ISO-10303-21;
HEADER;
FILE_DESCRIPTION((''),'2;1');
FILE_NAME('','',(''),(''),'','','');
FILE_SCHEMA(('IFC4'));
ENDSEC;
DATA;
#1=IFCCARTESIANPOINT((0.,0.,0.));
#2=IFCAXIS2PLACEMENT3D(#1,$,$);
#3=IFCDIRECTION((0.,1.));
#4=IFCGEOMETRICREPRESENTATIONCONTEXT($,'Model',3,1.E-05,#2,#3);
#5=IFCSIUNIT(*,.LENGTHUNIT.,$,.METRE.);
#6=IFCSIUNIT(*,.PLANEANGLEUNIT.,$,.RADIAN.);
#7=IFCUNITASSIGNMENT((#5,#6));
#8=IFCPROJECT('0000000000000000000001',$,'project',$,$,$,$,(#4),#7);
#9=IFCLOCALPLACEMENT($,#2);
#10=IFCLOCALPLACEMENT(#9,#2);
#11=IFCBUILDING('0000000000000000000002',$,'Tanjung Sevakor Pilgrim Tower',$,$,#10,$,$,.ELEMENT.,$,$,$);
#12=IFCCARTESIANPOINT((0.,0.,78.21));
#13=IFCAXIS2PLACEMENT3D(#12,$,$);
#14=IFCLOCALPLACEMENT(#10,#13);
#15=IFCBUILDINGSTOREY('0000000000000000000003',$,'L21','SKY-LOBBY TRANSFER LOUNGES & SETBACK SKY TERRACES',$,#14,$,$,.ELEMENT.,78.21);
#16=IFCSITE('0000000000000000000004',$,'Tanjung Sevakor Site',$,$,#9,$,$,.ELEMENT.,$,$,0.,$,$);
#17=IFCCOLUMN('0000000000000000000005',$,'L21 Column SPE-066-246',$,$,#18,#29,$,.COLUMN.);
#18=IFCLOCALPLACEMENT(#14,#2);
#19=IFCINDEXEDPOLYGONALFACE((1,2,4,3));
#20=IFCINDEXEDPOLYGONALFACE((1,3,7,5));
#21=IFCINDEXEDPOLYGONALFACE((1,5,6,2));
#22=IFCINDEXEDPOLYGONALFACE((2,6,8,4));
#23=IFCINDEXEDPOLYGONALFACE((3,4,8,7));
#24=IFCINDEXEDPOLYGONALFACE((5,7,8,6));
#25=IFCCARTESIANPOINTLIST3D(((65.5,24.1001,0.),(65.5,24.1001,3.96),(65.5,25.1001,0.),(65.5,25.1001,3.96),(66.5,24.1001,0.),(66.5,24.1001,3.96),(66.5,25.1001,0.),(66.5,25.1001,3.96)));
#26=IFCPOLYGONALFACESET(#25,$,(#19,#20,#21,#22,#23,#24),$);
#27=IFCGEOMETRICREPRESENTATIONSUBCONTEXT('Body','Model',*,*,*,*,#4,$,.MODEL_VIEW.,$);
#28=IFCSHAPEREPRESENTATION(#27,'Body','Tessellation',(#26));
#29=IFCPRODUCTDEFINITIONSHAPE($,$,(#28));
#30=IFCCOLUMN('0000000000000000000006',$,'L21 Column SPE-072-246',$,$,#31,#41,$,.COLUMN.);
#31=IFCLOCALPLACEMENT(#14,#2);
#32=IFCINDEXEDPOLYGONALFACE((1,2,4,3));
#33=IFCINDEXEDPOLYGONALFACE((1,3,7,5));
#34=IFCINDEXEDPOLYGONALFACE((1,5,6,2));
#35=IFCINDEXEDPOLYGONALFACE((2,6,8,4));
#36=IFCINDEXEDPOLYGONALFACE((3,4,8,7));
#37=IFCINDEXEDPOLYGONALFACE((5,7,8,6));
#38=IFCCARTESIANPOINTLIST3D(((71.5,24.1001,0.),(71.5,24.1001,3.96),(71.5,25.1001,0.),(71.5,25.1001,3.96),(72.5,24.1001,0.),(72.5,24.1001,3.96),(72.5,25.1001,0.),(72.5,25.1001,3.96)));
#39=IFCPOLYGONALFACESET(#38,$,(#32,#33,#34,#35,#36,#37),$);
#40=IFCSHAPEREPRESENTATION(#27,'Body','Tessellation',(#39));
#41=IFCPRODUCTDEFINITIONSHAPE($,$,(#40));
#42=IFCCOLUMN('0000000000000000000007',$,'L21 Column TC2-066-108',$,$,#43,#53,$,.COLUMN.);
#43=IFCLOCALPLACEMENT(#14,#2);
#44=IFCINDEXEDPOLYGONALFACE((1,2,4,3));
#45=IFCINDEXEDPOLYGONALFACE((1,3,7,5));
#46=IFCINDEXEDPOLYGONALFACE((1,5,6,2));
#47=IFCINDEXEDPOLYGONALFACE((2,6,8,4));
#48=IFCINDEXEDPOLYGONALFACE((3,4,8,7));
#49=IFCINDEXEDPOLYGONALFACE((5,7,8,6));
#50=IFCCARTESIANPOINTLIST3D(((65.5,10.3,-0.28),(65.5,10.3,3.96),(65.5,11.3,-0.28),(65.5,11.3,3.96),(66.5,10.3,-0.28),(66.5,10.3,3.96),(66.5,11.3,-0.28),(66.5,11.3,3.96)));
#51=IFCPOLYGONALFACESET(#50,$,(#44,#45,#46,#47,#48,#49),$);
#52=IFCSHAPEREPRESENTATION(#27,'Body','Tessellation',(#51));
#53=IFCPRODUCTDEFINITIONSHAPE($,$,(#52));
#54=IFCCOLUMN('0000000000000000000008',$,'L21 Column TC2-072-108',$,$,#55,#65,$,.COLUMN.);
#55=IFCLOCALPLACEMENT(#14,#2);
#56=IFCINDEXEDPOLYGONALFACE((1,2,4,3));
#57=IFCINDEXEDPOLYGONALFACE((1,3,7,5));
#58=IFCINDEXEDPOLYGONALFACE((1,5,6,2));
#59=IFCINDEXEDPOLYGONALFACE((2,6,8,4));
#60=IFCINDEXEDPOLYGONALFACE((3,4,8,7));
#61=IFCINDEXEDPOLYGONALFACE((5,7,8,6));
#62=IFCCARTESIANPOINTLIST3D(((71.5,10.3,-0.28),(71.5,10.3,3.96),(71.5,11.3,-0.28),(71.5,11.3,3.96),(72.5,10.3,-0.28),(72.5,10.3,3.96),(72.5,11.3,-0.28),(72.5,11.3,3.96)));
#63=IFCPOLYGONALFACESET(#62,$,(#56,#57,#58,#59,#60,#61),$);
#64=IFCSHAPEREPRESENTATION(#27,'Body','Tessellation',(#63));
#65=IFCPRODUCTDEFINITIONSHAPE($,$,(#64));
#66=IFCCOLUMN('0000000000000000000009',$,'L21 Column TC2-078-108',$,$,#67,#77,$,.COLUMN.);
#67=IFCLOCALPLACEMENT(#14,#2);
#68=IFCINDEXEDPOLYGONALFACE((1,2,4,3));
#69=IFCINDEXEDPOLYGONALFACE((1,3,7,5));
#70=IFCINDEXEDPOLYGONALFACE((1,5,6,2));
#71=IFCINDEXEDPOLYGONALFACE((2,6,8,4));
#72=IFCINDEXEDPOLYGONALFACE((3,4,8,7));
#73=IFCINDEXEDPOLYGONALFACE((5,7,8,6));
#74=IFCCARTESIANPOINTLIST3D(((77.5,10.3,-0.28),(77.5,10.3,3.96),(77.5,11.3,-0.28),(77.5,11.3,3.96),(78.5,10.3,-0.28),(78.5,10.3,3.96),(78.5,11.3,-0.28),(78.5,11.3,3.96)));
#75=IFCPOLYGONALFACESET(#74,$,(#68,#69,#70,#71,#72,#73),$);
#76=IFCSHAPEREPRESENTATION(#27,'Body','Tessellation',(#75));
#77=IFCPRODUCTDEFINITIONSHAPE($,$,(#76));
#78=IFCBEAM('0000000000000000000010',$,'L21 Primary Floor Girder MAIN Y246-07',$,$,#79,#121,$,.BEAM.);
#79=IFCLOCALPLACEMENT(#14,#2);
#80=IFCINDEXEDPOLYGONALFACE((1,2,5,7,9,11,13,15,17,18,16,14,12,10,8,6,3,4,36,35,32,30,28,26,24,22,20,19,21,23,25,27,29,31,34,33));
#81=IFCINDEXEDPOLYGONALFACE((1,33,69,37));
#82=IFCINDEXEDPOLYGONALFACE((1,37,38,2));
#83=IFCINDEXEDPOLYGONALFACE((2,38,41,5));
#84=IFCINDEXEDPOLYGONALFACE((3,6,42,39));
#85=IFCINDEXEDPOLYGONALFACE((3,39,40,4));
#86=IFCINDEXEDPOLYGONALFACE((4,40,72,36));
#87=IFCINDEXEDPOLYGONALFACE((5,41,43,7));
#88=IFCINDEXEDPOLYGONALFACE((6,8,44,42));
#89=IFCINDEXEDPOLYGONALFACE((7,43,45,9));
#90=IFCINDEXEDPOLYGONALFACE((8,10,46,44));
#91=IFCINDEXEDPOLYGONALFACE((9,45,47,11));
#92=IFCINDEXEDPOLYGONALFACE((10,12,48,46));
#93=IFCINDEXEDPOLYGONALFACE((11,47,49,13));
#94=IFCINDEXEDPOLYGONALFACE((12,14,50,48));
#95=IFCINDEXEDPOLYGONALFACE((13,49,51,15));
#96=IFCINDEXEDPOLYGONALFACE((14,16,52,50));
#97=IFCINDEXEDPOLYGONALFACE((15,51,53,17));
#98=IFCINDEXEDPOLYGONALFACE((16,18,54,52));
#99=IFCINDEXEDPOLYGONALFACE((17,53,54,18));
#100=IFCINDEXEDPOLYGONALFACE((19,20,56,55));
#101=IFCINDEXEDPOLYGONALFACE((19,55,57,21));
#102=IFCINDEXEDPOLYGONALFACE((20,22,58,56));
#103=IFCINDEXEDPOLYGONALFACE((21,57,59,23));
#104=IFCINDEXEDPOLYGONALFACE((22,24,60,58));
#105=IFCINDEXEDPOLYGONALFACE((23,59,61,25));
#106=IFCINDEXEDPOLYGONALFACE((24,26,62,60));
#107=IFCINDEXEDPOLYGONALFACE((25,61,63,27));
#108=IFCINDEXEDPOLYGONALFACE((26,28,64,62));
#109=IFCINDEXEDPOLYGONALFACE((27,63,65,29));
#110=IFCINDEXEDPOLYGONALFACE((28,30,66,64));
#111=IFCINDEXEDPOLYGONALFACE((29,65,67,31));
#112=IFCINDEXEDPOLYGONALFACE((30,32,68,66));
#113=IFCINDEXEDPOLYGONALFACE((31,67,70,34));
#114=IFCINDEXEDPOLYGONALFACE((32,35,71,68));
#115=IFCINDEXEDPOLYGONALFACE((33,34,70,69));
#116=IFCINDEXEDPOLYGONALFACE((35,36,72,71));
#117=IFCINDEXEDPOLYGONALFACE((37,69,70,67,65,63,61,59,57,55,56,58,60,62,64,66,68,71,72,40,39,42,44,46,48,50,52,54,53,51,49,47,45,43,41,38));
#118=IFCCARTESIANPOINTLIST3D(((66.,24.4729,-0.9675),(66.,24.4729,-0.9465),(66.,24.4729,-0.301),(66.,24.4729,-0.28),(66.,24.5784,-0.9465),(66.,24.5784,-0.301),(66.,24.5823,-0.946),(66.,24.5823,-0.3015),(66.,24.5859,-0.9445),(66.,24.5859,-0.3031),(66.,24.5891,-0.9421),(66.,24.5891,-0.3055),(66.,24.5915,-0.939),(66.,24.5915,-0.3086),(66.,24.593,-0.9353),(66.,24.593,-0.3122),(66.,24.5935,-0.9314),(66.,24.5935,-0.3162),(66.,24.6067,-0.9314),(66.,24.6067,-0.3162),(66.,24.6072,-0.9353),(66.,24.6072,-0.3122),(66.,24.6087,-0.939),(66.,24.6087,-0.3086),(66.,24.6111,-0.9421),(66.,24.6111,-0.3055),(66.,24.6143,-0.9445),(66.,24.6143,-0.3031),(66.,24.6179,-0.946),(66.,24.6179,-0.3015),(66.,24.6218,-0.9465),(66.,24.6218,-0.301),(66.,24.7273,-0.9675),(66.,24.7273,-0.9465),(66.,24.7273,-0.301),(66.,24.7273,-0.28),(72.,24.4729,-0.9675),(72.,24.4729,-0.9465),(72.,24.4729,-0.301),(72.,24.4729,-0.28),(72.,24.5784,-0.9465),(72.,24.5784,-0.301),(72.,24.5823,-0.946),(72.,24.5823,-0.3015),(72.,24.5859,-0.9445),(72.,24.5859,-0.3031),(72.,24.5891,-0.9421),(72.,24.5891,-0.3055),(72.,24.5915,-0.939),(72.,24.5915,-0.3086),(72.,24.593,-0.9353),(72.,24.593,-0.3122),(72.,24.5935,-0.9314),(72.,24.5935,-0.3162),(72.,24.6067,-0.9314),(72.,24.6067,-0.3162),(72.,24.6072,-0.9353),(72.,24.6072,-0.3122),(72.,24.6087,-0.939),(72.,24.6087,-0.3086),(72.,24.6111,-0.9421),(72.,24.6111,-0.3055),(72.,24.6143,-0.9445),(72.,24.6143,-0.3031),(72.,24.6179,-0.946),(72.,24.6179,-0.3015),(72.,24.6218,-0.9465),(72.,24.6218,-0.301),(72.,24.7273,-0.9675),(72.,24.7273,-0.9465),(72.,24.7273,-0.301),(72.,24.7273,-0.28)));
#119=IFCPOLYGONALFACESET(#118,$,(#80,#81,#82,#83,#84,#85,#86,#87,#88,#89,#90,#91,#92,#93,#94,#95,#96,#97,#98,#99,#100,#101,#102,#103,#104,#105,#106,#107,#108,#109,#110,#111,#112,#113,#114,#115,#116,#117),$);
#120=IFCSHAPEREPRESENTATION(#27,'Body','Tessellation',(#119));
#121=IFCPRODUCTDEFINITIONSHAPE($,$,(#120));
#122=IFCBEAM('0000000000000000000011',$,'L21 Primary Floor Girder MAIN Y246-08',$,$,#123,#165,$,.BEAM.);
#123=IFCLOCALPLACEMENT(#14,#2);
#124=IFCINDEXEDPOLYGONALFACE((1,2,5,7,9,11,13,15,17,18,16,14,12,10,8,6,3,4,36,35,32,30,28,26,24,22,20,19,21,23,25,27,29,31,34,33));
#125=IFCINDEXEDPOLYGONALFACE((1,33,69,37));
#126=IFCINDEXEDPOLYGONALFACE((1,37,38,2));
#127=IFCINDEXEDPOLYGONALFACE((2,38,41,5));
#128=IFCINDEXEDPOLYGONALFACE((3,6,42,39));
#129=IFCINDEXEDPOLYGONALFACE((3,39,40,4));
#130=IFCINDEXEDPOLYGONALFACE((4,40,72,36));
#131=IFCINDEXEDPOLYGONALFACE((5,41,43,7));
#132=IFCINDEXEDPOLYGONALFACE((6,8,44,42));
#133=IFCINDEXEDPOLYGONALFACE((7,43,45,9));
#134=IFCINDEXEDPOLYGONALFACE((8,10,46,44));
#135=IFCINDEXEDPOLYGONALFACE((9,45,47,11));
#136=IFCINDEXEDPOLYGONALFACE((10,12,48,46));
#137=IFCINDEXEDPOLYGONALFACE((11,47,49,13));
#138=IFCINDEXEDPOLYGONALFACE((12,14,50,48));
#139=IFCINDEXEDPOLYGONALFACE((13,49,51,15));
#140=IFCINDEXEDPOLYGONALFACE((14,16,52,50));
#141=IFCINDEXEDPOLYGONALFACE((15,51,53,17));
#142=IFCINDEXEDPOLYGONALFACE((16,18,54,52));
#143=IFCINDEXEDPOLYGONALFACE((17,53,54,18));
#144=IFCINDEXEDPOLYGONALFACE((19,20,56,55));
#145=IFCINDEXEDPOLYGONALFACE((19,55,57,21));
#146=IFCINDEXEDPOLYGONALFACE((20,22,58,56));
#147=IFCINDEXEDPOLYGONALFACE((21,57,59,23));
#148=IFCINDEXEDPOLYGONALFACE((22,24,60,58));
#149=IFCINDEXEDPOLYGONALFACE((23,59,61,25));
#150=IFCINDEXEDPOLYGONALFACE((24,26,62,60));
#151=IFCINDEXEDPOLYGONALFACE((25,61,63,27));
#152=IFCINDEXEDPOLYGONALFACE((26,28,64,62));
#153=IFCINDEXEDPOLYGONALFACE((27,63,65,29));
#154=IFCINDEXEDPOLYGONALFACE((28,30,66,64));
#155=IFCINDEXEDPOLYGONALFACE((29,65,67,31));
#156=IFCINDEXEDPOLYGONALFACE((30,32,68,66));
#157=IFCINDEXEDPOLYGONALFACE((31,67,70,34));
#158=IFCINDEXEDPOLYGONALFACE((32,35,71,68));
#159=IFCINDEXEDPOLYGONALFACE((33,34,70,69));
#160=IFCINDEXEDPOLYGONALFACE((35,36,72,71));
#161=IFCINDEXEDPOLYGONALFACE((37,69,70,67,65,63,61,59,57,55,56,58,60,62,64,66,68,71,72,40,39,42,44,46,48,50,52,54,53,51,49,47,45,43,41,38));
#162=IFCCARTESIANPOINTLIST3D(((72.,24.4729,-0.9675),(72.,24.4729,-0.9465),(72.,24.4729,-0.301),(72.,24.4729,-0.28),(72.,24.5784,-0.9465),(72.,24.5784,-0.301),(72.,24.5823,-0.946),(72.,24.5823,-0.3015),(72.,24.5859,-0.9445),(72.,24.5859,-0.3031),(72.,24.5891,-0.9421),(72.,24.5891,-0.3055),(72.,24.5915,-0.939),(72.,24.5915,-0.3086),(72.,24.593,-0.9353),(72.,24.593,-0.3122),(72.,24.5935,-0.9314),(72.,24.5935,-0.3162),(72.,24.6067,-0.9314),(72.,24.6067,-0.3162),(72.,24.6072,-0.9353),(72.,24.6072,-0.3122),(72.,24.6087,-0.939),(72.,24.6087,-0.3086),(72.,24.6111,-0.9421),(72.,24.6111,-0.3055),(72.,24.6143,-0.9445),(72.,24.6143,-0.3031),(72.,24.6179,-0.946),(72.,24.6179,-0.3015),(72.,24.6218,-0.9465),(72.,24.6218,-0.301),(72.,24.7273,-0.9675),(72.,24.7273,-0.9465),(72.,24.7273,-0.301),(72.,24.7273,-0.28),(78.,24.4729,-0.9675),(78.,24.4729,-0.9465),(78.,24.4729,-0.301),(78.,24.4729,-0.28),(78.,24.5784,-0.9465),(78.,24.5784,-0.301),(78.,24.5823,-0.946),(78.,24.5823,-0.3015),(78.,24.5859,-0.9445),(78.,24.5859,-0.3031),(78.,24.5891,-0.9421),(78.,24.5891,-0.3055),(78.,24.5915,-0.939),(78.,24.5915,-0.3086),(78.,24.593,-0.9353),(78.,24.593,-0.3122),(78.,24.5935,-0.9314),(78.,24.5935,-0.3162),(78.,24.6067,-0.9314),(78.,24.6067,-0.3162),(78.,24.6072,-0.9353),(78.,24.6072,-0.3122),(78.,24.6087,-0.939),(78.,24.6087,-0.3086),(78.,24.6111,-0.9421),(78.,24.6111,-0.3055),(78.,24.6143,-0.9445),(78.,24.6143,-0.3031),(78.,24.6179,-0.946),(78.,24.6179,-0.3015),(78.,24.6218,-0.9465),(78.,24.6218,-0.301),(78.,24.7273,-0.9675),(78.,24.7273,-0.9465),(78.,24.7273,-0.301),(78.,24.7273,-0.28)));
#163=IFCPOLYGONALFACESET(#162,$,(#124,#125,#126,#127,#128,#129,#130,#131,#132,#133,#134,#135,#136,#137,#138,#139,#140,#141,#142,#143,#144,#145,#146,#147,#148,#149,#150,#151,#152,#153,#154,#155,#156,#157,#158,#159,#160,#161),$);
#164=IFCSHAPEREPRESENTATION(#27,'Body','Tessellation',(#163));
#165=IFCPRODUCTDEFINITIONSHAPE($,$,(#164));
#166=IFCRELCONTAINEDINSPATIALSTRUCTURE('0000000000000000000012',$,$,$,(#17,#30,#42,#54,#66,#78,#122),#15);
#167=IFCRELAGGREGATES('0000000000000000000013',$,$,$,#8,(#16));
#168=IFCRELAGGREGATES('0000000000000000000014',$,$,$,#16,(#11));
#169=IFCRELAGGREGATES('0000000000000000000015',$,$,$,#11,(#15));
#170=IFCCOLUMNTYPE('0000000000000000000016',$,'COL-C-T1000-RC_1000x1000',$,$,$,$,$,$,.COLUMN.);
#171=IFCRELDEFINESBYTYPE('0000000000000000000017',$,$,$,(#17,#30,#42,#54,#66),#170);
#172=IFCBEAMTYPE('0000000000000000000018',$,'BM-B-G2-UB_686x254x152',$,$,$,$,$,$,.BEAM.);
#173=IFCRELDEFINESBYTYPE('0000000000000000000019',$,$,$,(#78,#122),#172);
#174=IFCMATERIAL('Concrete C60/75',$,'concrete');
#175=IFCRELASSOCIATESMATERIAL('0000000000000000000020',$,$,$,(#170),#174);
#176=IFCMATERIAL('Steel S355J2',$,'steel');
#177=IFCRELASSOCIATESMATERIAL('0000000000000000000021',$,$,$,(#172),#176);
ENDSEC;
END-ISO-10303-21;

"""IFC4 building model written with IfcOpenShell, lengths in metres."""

from ifc_helpers import new_model, si_unit, direction, frame, origin, origin_2d, place, context, subcontext, project, spatial, rectangle, i_section, extrude, material, material_profile, profile_set, type_object, element, save


model = new_model("IFC4")

# Units and contexts
model_context = context("Model", 3, precision=1e-05, world=origin(), true_north=direction((0.0, 1.0)))
body_context = subcontext(model_context, "Body", "Model", "MODEL_VIEW")
ifc_project = project(units=[si_unit("LENGTHUNIT", "METRE"), si_unit("PLANEANGLEUNIT", "RADIAN")], contexts=[model_context])

# Site, building, storey
site_placement = place(None, origin())
site = spatial("IfcSite", under=ifc_project, at=site_placement, Name="Tanjung Sevakor Site", CompositionType="ELEMENT", RefElevation=0.0)
building_placement = place(site_placement, origin())
building = spatial("IfcBuilding", under=site, at=building_placement, Name="Tanjung Sevakor Pilgrim Tower", CompositionType="ELEMENT")
storey_placement = place(building_placement, frame((0.0, 0.0, 78.21)))
storey = spatial("IfcBuildingStorey", under=building, at=storey_placement, Name="L21", Description="SKY-LOBBY TRANSFER LOUNGES & SETBACK SKY TERRACES", CompositionType="ELEMENT", Elevation=78.21)

# Columns
ifc_material_1 = material(Name="Concrete C60/75", Category="concrete")
ifc_material_profile_1 = material_profile(ifc_material_1, rectangle(XDim=1.0, YDim=1.0, at=origin_2d()))
ifc_profile_set_1 = profile_set([ifc_material_profile_1], Name="Concrete C60/75")
column_type = type_object("IfcColumnType", Name="COL-C-T1000-RC_1000x1000", PredefinedType="COLUMN", material=ifc_profile_set_1)
for number, where, z_axis, x_axis, name in (
    (1, (66.0, 24.6001, 0.0), (0.0, 0.0, 1.0), (1.0, 0.0, 0.0), "L21 Column SPE-066-246"),
    (2, (72.0, 24.6001, 0.0), (0.0, 0.0, 1.0), (1.0, 0.0, 0.0), "L21 Column SPE-072-246"),
):
    element("IfcColumn", number, at=place(storey_placement, frame(where, z_axis=z_axis, x_axis=x_axis)), inside=storey, type_object=column_type, Name=name, PredefinedType="COLUMN", context=body_context, shape_type="SweptSolid", body=[
        extrude(rectangle(XDim=1.0, YDim=1.0, at=origin_2d()), origin(), (0.0, 0.0, 1.0), 3.96),
    ])
for number, where, z_axis, x_axis, name in (
    (3, (66.0, 10.8, -0.28), (0.0, 0.0, 1.0), (1.0, 0.0, 0.0), "L21 Column TC2-066-108"),
    (4, (72.0, 10.8, -0.28), (0.0, 0.0, 1.0), (1.0, 0.0, 0.0), "L21 Column TC2-072-108"),
    (5, (78.0, 10.8, -0.28), (0.0, 0.0, 1.0), (1.0, 0.0, 0.0), "L21 Column TC2-078-108"),
):
    element("IfcColumn", number, at=place(storey_placement, frame(where, z_axis=z_axis, x_axis=x_axis)), inside=storey, type_object=column_type, Name=name, PredefinedType="COLUMN", context=body_context, shape_type="SweptSolid", body=[
        extrude(rectangle(XDim=1.0, YDim=1.0, at=origin_2d()), origin(), (0.0, 0.0, 1.0), 4.24),
    ])

# Beams
ifc_material_2 = material(Name="Steel S355J2", Category="steel")
ifc_material_profile_2 = material_profile(ifc_material_2, i_section(OverallWidth=0.2544, OverallDepth=0.6875, WebThickness=0.0132, FlangeThickness=0.021, FilletRadius=0.0151, at=origin_2d()))
ifc_profile_set_2 = profile_set([ifc_material_profile_2], Name="Steel S355J2")
beam_type_1 = type_object("IfcBeamType", Name="BM-B-G2-UB_686x254x152", PredefinedType="BEAM", material=ifc_profile_set_2)
for number, where, z_axis, x_axis, name in (
    (6, (66.0, 24.6001, -0.6238), (1.0, 0.0, 0.0), (0.0, 1.0, 0.0), "L21 Primary Floor Girder MAIN Y246-07"),
    (7, (72.0, 24.6001, -0.6238), (1.0, 0.0, 0.0), (0.0, 1.0, 0.0), "L21 Primary Floor Girder MAIN Y246-08"),
):
    element("IfcBeam", number, at=place(storey_placement, frame(where, z_axis=z_axis, x_axis=x_axis)), inside=storey, type_object=beam_type_1, Name=name, PredefinedType="BEAM", context=body_context, shape_type="SweptSolid", body=[
        extrude(i_section(OverallWidth=0.2544, OverallDepth=0.6875, WebThickness=0.0132, FlangeThickness=0.021, FilletRadius=0.0151, at=origin_2d()), origin(), (0.0, 0.0, 1.0), 6.0),
    ])

save(model, "model.ifc")
